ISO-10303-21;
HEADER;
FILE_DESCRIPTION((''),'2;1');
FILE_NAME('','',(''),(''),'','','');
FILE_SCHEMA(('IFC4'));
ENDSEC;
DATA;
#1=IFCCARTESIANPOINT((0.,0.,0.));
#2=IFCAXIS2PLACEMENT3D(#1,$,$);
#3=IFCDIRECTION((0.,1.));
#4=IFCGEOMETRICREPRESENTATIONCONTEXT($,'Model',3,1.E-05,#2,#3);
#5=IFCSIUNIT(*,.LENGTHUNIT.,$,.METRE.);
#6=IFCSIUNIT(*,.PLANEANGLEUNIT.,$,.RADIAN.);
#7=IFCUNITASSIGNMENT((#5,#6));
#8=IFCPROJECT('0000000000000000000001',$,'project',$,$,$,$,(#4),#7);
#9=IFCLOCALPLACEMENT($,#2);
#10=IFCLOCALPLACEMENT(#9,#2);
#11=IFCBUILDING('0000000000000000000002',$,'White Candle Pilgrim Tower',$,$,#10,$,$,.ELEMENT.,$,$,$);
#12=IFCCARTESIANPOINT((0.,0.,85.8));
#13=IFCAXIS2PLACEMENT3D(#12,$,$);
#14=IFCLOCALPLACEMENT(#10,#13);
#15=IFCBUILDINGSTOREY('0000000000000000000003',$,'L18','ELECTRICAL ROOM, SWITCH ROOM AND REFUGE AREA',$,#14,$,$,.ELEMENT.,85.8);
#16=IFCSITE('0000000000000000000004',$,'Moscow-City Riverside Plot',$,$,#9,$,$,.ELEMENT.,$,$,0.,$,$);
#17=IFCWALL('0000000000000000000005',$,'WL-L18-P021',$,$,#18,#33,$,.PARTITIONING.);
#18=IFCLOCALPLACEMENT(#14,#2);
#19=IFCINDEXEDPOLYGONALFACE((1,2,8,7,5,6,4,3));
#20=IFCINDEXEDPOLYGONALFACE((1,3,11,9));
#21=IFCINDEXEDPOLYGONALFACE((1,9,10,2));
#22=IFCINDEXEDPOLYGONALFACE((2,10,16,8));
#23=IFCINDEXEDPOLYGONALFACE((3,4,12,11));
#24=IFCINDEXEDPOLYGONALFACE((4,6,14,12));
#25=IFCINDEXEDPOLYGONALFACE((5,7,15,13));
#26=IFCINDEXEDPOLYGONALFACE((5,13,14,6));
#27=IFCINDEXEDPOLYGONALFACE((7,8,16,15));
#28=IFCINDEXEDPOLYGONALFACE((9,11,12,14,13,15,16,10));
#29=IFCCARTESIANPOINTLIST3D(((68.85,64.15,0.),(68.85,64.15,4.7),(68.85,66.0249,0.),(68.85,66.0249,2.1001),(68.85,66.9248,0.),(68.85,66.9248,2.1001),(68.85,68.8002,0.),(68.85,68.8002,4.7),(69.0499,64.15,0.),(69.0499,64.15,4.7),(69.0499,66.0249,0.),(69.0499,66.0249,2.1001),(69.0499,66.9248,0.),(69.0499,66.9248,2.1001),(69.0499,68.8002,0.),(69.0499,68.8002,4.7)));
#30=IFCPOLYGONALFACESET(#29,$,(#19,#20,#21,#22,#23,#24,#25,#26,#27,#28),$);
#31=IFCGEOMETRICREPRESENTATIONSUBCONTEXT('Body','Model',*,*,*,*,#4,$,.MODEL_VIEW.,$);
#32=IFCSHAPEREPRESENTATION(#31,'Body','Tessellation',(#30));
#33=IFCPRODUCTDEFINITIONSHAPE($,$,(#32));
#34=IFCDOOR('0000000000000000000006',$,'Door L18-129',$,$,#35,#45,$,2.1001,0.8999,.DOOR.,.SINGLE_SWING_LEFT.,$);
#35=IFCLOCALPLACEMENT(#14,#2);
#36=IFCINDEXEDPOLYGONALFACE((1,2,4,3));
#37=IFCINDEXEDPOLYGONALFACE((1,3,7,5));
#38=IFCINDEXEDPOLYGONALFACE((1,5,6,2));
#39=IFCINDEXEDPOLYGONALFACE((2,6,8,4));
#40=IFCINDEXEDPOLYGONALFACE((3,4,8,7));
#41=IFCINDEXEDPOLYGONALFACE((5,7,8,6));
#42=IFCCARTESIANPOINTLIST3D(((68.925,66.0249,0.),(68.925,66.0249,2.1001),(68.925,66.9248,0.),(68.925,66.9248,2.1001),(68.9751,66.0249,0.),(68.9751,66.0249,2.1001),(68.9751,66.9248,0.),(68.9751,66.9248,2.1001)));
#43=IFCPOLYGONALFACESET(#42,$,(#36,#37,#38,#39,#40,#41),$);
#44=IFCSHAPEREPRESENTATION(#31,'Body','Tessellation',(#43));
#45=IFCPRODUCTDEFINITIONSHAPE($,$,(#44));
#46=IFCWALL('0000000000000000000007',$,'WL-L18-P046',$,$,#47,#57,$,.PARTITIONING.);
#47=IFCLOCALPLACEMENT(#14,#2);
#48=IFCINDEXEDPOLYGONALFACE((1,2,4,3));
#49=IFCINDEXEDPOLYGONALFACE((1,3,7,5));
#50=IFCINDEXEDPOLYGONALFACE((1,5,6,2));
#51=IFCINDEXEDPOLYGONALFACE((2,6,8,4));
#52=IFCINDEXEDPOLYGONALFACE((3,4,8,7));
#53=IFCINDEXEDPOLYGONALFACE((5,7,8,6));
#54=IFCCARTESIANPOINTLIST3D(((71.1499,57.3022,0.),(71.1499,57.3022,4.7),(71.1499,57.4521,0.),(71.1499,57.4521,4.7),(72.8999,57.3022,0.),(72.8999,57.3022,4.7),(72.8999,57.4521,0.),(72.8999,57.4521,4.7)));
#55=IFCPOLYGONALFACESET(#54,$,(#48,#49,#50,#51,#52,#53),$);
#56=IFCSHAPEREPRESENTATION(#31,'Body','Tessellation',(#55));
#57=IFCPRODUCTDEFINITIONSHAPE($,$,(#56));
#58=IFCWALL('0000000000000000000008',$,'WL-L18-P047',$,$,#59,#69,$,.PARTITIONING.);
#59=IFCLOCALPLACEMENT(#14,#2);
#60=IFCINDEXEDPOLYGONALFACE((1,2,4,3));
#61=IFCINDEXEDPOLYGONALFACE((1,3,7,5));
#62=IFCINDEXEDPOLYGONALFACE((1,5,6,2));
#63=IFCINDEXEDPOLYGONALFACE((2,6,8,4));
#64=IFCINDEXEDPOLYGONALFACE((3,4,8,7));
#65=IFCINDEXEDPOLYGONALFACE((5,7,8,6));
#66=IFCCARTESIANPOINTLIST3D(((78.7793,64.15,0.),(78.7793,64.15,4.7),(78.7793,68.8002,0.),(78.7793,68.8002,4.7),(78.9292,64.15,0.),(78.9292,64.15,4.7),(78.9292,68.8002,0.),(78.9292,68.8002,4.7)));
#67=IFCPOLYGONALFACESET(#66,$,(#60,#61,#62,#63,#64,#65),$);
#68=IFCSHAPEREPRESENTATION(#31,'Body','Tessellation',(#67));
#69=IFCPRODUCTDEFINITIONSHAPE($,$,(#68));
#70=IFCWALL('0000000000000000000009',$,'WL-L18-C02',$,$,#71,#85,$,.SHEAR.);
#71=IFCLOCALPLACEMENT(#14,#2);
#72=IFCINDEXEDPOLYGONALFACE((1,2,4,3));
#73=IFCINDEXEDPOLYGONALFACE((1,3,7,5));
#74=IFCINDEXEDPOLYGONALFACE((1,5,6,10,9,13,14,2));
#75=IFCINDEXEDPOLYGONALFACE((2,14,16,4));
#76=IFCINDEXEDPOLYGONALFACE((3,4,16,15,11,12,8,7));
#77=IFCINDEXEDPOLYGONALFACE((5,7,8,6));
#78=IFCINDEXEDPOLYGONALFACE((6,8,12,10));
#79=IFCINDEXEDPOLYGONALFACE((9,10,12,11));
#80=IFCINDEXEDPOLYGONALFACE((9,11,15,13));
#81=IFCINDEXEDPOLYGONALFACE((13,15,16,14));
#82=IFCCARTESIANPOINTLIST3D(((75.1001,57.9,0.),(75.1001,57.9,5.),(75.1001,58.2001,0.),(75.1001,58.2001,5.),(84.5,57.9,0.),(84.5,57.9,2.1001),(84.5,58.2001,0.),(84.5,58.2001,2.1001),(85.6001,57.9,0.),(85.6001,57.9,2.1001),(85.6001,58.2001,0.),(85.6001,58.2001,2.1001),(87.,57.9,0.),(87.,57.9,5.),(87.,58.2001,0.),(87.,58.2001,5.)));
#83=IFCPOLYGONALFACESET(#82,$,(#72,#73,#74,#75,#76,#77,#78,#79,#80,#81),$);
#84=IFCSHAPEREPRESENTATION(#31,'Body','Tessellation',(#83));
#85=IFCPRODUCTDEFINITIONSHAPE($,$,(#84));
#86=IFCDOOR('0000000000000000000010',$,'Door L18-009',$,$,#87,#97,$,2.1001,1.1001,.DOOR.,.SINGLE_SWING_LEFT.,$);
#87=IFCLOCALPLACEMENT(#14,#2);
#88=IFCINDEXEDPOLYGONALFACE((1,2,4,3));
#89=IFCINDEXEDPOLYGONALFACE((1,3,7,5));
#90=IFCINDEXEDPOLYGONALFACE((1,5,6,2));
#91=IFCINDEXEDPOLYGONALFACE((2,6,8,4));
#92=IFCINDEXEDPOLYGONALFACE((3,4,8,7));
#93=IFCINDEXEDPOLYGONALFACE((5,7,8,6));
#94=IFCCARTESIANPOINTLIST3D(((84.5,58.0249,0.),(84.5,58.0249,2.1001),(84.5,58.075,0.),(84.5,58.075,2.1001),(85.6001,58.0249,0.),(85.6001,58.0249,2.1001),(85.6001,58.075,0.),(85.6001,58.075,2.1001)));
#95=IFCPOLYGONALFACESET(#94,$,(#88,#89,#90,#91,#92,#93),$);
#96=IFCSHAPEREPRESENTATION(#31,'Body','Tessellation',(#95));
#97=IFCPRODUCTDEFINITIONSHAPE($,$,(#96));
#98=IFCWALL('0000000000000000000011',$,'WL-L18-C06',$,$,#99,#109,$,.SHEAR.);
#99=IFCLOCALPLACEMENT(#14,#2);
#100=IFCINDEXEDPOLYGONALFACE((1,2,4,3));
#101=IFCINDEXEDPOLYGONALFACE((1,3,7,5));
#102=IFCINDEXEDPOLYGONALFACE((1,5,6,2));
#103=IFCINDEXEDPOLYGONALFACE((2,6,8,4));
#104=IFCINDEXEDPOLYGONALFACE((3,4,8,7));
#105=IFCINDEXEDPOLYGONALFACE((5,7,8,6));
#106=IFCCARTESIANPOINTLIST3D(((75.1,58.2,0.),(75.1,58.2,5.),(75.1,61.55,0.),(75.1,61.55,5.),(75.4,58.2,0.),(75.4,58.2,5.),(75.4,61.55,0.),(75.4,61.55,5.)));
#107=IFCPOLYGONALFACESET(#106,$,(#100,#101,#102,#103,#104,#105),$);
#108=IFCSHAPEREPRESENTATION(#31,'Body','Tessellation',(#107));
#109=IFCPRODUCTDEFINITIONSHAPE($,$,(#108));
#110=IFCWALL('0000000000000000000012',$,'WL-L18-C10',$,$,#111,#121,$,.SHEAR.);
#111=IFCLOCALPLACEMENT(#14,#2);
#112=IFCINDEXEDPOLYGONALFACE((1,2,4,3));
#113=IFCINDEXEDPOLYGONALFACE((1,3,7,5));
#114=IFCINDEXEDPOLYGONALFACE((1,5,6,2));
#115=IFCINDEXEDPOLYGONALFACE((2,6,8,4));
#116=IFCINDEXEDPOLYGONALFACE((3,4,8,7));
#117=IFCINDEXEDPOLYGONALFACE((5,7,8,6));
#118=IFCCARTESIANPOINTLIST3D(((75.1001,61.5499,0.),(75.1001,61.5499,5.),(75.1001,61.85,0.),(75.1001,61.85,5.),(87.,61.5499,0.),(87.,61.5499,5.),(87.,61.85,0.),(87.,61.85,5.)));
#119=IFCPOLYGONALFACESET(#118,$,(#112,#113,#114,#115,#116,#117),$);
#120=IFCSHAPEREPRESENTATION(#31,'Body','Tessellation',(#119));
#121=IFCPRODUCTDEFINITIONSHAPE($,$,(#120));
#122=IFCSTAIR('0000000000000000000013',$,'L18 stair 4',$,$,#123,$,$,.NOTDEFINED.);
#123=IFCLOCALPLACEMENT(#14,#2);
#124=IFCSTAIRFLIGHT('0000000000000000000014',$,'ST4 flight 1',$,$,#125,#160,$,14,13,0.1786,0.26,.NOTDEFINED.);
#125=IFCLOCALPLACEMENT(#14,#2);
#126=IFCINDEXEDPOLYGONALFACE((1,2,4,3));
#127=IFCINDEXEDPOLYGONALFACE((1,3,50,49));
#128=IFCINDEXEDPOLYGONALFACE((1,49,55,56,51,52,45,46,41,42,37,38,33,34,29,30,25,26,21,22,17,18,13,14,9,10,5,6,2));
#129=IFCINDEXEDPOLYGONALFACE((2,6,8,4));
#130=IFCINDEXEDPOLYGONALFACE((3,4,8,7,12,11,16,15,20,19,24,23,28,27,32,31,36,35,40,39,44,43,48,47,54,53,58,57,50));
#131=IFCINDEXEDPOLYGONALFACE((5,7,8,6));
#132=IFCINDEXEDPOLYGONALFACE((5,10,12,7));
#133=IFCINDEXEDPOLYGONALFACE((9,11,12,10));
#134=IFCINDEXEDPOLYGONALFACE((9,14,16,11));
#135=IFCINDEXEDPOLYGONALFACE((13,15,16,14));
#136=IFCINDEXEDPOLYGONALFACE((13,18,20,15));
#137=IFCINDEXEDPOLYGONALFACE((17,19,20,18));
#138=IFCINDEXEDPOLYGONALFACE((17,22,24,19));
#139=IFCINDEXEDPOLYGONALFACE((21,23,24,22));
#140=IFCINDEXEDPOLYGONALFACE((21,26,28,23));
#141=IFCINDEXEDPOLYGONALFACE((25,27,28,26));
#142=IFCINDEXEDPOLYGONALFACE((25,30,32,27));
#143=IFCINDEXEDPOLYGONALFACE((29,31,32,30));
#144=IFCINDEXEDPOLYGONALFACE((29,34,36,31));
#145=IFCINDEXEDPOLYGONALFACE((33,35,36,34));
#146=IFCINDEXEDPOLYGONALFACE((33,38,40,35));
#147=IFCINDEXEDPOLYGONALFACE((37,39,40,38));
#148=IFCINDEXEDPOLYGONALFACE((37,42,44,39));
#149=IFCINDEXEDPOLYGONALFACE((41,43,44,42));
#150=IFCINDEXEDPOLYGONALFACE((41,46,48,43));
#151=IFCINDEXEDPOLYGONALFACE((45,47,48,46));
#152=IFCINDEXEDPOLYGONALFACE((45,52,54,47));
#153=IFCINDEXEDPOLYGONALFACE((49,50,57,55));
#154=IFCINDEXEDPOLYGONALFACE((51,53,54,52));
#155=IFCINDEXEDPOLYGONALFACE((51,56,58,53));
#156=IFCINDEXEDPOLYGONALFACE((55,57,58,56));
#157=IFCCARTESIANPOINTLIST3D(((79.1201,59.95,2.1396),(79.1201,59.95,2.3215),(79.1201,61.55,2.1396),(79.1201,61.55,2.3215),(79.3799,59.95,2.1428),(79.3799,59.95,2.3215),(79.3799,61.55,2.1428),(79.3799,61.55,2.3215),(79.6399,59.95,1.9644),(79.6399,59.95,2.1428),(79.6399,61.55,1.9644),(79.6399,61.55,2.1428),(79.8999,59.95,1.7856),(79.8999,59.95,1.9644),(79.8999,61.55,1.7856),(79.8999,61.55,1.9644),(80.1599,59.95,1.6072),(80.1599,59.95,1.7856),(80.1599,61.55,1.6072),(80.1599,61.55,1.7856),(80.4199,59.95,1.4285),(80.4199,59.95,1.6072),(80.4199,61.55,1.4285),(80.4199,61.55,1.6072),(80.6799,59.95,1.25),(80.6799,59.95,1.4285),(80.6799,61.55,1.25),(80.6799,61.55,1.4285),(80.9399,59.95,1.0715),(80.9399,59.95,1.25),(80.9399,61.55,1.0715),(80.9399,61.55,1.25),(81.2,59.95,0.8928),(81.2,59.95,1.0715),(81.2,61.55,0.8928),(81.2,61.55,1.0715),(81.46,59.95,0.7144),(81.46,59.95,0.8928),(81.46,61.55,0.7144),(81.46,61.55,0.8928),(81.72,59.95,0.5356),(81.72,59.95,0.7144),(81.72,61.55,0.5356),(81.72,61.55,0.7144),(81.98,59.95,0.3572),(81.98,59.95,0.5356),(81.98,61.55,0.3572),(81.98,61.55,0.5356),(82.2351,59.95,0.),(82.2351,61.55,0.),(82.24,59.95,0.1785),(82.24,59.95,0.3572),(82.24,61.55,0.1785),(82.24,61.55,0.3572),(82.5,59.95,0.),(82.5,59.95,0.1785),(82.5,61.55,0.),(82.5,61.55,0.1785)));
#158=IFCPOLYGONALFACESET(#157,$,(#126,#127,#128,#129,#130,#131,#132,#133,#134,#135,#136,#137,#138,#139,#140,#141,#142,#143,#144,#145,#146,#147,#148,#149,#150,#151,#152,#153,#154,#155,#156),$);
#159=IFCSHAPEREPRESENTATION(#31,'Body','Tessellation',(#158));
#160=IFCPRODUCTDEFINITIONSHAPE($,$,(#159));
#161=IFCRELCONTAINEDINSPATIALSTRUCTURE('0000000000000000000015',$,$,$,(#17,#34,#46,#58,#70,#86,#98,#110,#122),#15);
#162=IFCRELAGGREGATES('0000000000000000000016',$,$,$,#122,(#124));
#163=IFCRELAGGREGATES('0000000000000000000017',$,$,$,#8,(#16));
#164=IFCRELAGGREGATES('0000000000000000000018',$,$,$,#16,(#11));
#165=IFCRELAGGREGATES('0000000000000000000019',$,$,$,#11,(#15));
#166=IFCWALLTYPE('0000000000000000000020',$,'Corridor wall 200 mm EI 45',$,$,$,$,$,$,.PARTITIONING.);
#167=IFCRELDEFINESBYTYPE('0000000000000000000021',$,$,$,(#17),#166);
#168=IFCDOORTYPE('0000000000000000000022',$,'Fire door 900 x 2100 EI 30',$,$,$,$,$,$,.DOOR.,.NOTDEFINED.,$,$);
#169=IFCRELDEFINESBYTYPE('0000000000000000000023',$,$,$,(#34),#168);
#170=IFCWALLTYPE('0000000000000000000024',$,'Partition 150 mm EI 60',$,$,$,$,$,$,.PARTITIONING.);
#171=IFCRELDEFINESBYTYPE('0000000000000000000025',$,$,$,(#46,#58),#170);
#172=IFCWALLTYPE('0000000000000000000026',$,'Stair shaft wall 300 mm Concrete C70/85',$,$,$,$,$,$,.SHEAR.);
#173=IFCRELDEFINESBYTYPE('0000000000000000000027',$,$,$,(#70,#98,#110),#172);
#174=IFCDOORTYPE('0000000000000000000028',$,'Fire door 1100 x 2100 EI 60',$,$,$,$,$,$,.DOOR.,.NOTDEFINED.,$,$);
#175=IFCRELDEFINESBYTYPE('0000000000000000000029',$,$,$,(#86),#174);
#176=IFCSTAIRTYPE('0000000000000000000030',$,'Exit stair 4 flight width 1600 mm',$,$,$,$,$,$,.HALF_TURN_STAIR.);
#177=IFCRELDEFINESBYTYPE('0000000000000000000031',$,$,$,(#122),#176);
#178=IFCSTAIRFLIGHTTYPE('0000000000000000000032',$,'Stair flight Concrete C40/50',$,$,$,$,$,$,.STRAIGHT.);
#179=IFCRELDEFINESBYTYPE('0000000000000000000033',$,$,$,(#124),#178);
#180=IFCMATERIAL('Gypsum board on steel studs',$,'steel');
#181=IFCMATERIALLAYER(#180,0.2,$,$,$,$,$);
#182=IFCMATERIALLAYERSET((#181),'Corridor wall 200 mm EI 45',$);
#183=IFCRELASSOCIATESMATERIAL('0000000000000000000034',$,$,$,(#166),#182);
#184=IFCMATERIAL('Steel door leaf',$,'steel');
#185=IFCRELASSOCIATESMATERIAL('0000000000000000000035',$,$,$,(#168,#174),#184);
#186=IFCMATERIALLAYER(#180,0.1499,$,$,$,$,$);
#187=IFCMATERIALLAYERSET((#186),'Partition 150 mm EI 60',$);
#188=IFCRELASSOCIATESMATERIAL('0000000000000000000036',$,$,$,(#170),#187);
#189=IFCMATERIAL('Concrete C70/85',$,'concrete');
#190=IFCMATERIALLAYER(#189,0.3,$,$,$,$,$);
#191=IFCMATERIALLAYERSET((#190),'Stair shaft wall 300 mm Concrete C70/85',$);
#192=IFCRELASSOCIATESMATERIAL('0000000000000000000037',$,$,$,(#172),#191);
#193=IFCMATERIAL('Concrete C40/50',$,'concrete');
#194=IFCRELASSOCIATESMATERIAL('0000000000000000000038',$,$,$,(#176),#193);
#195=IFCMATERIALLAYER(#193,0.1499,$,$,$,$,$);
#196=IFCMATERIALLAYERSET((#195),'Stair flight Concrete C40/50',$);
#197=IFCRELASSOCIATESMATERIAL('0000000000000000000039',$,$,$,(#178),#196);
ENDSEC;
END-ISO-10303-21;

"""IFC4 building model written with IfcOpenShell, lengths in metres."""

from ifc_helpers import new_model, si_unit, direction, frame, frame_2d, origin, place, context, subcontext, project, spatial, polyline, rectangle, outline, extrude, material, layer, layer_set, type_object, element, fill, aggregate, save


model = new_model("IFC4")

# Units and contexts
model_context = context("Model", 3, precision=1e-05, world=origin(), true_north=direction((0.0, 1.0)))
body_context = subcontext(model_context, "Body", "Model", "MODEL_VIEW")
ifc_project = project(units=[si_unit("LENGTHUNIT", "METRE"), si_unit("PLANEANGLEUNIT", "RADIAN")], contexts=[model_context])

# Site, building, storey
site_placement = place(None, origin())
site = spatial("IfcSite", under=ifc_project, at=site_placement, Name="Moscow-City Riverside Plot", CompositionType="ELEMENT", RefElevation=0.0)
building_placement = place(site_placement, origin())
building = spatial("IfcBuilding", under=site, at=building_placement, Name="White Candle Pilgrim Tower", CompositionType="ELEMENT")
storey_placement = place(building_placement, frame((0.0, 0.0, 85.8)))
storey = spatial("IfcBuildingStorey", under=building, at=storey_placement, Name="L18", Description="ELECTRICAL ROOM, SWITCH ROOM AND REFUGE AREA", CompositionType="ELEMENT", Elevation=85.8)

# Shared definitions
ifc_material_1 = material(Name="Gypsum board on steel studs", Category="steel")
ifc_layer_1 = layer(ifc_material_1, 0.2)
ifc_layer_set_1 = layer_set([ifc_layer_1], Name="Corridor wall 200 mm EI 45")
wall_type_1 = type_object("IfcWallType", Name="Corridor wall 200 mm EI 45", PredefinedType="PARTITIONING", material=ifc_layer_set_1)
ifc_material_2 = material(Name="Steel door leaf", Category="steel")
door_type_1 = type_object("IfcDoorType", Name="Fire door 900 x 2100 EI 30", OperationType="NOTDEFINED", PredefinedType="DOOR", material=ifc_material_2)

# Wall, opening, door
wall_1_placement = place(storey_placement, frame((68.95, 64.1499, 0.0), z_axis=(0.0, 0.0, 1.0), x_axis=(0.0, 1.0, 0.0)))
wall_1 = element("IfcWall", 1, at=wall_1_placement, inside=storey, type_object=wall_type_1, Name="WL-L18-P021", PredefinedType="PARTITIONING", context=body_context, shape_type="SweptSolid", body=[
    extrude(rectangle(XDim=4.6501, YDim=0.2, at=frame_2d((2.3252, 0.0))), origin(), (0.0, 0.0, 1.0), 4.7),
])
opening_1_placement = place(wall_1_placement, frame((1.875, 0.0, 0.0)))
opening_1 = element("IfcOpeningElement", 2, at=opening_1_placement, cuts=wall_1, PredefinedType="OPENING", context=body_context, shape_type="SweptSolid", body=[
    extrude(rectangle(XDim=0.8999, YDim=2.1001, at=frame_2d((0.45, 1.05))), frame((0.0, 0.1099, 0.0), z_axis=(0.0, -1.0, 0.0), x_axis=(1.0, 0.0, 0.0)), (0.0, 0.0, 1.0), 0.22),
])
door_1_placement = place(opening_1_placement, origin())
door_1 = element("IfcDoor", 3, at=door_1_placement, inside=storey, type_object=door_type_1, Name="Door L18-129", OperationType="SINGLE_SWING_LEFT", OverallHeight=2.1001, OverallWidth=0.8999, PredefinedType="DOOR", context=body_context, shape_type="SweptSolid", body=[
    extrude(rectangle(XDim=0.8999, YDim=2.1001, at=frame_2d((0.45, 1.05))), frame((0.0, 0.0249, 0.0), z_axis=(0.0, -1.0, 0.0), x_axis=(1.0, 0.0, 0.0)), (0.0, 0.0, 1.0), 0.05),
])
fill(opening_1, door_1)

# Walls
ifc_layer_2 = layer(ifc_material_1, 0.1499)
ifc_layer_set_2 = layer_set([ifc_layer_2], Name="Partition 150 mm EI 60")
wall_type_2 = type_object("IfcWallType", Name="Partition 150 mm EI 60", PredefinedType="PARTITIONING", material=ifc_layer_set_2)
wall_2_placement = place(storey_placement, frame((71.1499, 57.3772, 0.0), z_axis=(0.0, 0.0, 1.0), x_axis=(1.0, 0.0, 0.0)))
element("IfcWall", 4, at=wall_2_placement, inside=storey, type_object=wall_type_2, Name="WL-L18-P046", PredefinedType="PARTITIONING", context=body_context, shape_type="SweptSolid", body=[
    extrude(rectangle(XDim=1.75, YDim=0.1499, at=frame_2d((0.875, 0.0))), origin(), (0.0, 0.0, 1.0), 4.7),
])
wall_3_placement = place(storey_placement, frame((78.8542, 64.1499, 0.0), z_axis=(0.0, 0.0, 1.0), x_axis=(0.0, 1.0, 0.0)))
element("IfcWall", 5, at=wall_3_placement, inside=storey, type_object=wall_type_2, Name="WL-L18-P047", PredefinedType="PARTITIONING", context=body_context, shape_type="SweptSolid", body=[
    extrude(rectangle(XDim=4.6501, YDim=0.1499, at=frame_2d((2.3252, 0.0))), origin(), (0.0, 0.0, 1.0), 4.7),
])

# Wall, opening, door
ifc_material_3 = material(Name="Concrete C70/85", Category="concrete")
ifc_layer_3 = layer(ifc_material_3, 0.3)
ifc_layer_set_3 = layer_set([ifc_layer_3], Name="Stair shaft wall 300 mm Concrete C70/85")
wall_type_3 = type_object("IfcWallType", Name="Stair shaft wall 300 mm Concrete C70/85", PredefinedType="SHEAR", material=ifc_layer_set_3)
wall_4_placement = place(storey_placement, frame((75.1001, 58.05, 0.0), z_axis=(0.0, 0.0, 1.0), x_axis=(1.0, 0.0, 0.0)))
wall_4 = element("IfcWall", 6, at=wall_4_placement, inside=storey, type_object=wall_type_3, Name="WL-L18-C02", PredefinedType="SHEAR", context=body_context, shape_type="SweptSolid", body=[
    extrude(rectangle(XDim=11.8999, YDim=0.3, at=frame_2d((5.95, 0.0))), origin(), (0.0, 0.0, 1.0), 5.0),
])
opening_2_placement = place(wall_4_placement, frame((9.3999, 0.0, 0.0)))
opening_2 = element("IfcOpeningElement", 7, at=opening_2_placement, cuts=wall_4, PredefinedType="OPENING", context=body_context, shape_type="SweptSolid", body=[
    extrude(rectangle(XDim=1.1001, YDim=2.1001, at=frame_2d((0.55, 1.05))), frame((0.0, 0.1599, 0.0), z_axis=(0.0, -1.0, 0.0), x_axis=(1.0, 0.0, 0.0)), (0.0, 0.0, 1.0), 0.3201),
])
door_type_2 = type_object("IfcDoorType", Name="Fire door 1100 x 2100 EI 60", OperationType="NOTDEFINED", PredefinedType="DOOR", material=ifc_material_2)
door_2_placement = place(opening_2_placement, origin())
door_2 = element("IfcDoor", 8, at=door_2_placement, inside=storey, type_object=door_type_2, Name="Door L18-009", OperationType="SINGLE_SWING_LEFT", OverallHeight=2.1001, OverallWidth=1.1001, PredefinedType="DOOR", context=body_context, shape_type="SweptSolid", body=[
    extrude(rectangle(XDim=1.1001, YDim=2.1001, at=frame_2d((0.55, 1.05))), frame((0.0, 0.0249, 0.0), z_axis=(0.0, -1.0, 0.0), x_axis=(1.0, 0.0, 0.0)), (0.0, 0.0, 1.0), 0.05),
])
fill(opening_2, door_2)

# Walls
wall_5_placement = place(storey_placement, frame((75.25, 58.2, 0.0), z_axis=(0.0, 0.0, 1.0), x_axis=(0.0, 1.0, 0.0)))
element("IfcWall", 9, at=wall_5_placement, inside=storey, type_object=wall_type_3, Name="WL-L18-C06", PredefinedType="SHEAR", context=body_context, shape_type="SweptSolid", body=[
    extrude(rectangle(XDim=3.3501, YDim=0.3, at=frame_2d((1.675, 0.0))), origin(), (0.0, 0.0, 1.0), 5.0),
])
wall_6_placement = place(storey_placement, frame((75.1001, 61.7, 0.0), z_axis=(0.0, 0.0, 1.0), x_axis=(1.0, 0.0, 0.0)))
element("IfcWall", 10, at=wall_6_placement, inside=storey, type_object=wall_type_3, Name="WL-L18-C10", PredefinedType="SHEAR", context=body_context, shape_type="SweptSolid", body=[
    extrude(rectangle(XDim=11.8999, YDim=0.3, at=frame_2d((5.95, 0.0))), origin(), (0.0, 0.0, 1.0), 5.0),
])

# Stair, stair flight
ifc_material_4 = material(Name="Concrete C40/50", Category="concrete")
stair_type = type_object("IfcStairType", Name="Exit stair 4 flight width 1600 mm", PredefinedType="HALF_TURN_STAIR", material=ifc_material_4)
stair_placement = place(storey_placement, origin())
stair = element("IfcStair", 11, at=stair_placement, inside=storey, type_object=stair_type, Name="L18 stair 4", PredefinedType="NOTDEFINED")
ifc_layer_4 = layer(ifc_material_4, 0.1499)
ifc_layer_set_4 = layer_set([ifc_layer_4], Name="Stair flight Concrete C40/50")
stair_flight_type = type_object("IfcStairFlightType", Name="Stair flight Concrete C40/50", PredefinedType="STRAIGHT", material=ifc_layer_set_4)
stair_flight_1_placement = place(storey_placement, frame((82.5, 60.75, 0.0), z_axis=(0.0, 0.0, 1.0), x_axis=(-1.0, 0.0, 0.0)))
stair_flight_1 = element("IfcStairFlight", 12, at=stair_flight_1_placement, type_object=stair_flight_type, Name="ST4 flight 1", NumberOfRisers=14, NumberOfTreads=13, PredefinedType="NOTDEFINED", RiserHeight=0.1786, TreadLength=0.26, context=body_context, shape_type="SweptSolid", body=[
    extrude(outline(polyline([(0.0, 0.0), (0.0, 0.1785), (0.26, 0.1785), (0.26, 0.3572), (0.52, 0.3572), (0.52, 0.5356), (0.78, 0.5356), (0.78, 0.7144), (1.04, 0.7144), (1.04, 0.8928), (1.3, 0.8928), (1.3, 1.0715), (1.5601, 1.0715), (1.5601, 1.25), (1.8201, 1.25), (1.8201, 1.4285), (2.0801, 1.4285), (2.0801, 1.6072), (2.3401, 1.6072), (2.3401, 1.7856), (2.6001, 1.7856), (2.6001, 1.9644), (2.8601, 1.9644), (2.8601, 2.1428), (3.1201, 2.1428), (3.1201, 2.3215), (3.3799, 2.3215), (3.3799, 2.5), (3.3799, 2.1396), (0.2649, 0.0), (0.0, 0.0)])), frame((0.0, 0.8, 0.0), z_axis=(0.0, -1.0, 0.0), x_axis=(1.0, 0.0, 0.0)), (0.0, 0.0, 1.0), 1.6001),
])
aggregate(stair, [stair_flight_1])

save(model, "model.ifc")
